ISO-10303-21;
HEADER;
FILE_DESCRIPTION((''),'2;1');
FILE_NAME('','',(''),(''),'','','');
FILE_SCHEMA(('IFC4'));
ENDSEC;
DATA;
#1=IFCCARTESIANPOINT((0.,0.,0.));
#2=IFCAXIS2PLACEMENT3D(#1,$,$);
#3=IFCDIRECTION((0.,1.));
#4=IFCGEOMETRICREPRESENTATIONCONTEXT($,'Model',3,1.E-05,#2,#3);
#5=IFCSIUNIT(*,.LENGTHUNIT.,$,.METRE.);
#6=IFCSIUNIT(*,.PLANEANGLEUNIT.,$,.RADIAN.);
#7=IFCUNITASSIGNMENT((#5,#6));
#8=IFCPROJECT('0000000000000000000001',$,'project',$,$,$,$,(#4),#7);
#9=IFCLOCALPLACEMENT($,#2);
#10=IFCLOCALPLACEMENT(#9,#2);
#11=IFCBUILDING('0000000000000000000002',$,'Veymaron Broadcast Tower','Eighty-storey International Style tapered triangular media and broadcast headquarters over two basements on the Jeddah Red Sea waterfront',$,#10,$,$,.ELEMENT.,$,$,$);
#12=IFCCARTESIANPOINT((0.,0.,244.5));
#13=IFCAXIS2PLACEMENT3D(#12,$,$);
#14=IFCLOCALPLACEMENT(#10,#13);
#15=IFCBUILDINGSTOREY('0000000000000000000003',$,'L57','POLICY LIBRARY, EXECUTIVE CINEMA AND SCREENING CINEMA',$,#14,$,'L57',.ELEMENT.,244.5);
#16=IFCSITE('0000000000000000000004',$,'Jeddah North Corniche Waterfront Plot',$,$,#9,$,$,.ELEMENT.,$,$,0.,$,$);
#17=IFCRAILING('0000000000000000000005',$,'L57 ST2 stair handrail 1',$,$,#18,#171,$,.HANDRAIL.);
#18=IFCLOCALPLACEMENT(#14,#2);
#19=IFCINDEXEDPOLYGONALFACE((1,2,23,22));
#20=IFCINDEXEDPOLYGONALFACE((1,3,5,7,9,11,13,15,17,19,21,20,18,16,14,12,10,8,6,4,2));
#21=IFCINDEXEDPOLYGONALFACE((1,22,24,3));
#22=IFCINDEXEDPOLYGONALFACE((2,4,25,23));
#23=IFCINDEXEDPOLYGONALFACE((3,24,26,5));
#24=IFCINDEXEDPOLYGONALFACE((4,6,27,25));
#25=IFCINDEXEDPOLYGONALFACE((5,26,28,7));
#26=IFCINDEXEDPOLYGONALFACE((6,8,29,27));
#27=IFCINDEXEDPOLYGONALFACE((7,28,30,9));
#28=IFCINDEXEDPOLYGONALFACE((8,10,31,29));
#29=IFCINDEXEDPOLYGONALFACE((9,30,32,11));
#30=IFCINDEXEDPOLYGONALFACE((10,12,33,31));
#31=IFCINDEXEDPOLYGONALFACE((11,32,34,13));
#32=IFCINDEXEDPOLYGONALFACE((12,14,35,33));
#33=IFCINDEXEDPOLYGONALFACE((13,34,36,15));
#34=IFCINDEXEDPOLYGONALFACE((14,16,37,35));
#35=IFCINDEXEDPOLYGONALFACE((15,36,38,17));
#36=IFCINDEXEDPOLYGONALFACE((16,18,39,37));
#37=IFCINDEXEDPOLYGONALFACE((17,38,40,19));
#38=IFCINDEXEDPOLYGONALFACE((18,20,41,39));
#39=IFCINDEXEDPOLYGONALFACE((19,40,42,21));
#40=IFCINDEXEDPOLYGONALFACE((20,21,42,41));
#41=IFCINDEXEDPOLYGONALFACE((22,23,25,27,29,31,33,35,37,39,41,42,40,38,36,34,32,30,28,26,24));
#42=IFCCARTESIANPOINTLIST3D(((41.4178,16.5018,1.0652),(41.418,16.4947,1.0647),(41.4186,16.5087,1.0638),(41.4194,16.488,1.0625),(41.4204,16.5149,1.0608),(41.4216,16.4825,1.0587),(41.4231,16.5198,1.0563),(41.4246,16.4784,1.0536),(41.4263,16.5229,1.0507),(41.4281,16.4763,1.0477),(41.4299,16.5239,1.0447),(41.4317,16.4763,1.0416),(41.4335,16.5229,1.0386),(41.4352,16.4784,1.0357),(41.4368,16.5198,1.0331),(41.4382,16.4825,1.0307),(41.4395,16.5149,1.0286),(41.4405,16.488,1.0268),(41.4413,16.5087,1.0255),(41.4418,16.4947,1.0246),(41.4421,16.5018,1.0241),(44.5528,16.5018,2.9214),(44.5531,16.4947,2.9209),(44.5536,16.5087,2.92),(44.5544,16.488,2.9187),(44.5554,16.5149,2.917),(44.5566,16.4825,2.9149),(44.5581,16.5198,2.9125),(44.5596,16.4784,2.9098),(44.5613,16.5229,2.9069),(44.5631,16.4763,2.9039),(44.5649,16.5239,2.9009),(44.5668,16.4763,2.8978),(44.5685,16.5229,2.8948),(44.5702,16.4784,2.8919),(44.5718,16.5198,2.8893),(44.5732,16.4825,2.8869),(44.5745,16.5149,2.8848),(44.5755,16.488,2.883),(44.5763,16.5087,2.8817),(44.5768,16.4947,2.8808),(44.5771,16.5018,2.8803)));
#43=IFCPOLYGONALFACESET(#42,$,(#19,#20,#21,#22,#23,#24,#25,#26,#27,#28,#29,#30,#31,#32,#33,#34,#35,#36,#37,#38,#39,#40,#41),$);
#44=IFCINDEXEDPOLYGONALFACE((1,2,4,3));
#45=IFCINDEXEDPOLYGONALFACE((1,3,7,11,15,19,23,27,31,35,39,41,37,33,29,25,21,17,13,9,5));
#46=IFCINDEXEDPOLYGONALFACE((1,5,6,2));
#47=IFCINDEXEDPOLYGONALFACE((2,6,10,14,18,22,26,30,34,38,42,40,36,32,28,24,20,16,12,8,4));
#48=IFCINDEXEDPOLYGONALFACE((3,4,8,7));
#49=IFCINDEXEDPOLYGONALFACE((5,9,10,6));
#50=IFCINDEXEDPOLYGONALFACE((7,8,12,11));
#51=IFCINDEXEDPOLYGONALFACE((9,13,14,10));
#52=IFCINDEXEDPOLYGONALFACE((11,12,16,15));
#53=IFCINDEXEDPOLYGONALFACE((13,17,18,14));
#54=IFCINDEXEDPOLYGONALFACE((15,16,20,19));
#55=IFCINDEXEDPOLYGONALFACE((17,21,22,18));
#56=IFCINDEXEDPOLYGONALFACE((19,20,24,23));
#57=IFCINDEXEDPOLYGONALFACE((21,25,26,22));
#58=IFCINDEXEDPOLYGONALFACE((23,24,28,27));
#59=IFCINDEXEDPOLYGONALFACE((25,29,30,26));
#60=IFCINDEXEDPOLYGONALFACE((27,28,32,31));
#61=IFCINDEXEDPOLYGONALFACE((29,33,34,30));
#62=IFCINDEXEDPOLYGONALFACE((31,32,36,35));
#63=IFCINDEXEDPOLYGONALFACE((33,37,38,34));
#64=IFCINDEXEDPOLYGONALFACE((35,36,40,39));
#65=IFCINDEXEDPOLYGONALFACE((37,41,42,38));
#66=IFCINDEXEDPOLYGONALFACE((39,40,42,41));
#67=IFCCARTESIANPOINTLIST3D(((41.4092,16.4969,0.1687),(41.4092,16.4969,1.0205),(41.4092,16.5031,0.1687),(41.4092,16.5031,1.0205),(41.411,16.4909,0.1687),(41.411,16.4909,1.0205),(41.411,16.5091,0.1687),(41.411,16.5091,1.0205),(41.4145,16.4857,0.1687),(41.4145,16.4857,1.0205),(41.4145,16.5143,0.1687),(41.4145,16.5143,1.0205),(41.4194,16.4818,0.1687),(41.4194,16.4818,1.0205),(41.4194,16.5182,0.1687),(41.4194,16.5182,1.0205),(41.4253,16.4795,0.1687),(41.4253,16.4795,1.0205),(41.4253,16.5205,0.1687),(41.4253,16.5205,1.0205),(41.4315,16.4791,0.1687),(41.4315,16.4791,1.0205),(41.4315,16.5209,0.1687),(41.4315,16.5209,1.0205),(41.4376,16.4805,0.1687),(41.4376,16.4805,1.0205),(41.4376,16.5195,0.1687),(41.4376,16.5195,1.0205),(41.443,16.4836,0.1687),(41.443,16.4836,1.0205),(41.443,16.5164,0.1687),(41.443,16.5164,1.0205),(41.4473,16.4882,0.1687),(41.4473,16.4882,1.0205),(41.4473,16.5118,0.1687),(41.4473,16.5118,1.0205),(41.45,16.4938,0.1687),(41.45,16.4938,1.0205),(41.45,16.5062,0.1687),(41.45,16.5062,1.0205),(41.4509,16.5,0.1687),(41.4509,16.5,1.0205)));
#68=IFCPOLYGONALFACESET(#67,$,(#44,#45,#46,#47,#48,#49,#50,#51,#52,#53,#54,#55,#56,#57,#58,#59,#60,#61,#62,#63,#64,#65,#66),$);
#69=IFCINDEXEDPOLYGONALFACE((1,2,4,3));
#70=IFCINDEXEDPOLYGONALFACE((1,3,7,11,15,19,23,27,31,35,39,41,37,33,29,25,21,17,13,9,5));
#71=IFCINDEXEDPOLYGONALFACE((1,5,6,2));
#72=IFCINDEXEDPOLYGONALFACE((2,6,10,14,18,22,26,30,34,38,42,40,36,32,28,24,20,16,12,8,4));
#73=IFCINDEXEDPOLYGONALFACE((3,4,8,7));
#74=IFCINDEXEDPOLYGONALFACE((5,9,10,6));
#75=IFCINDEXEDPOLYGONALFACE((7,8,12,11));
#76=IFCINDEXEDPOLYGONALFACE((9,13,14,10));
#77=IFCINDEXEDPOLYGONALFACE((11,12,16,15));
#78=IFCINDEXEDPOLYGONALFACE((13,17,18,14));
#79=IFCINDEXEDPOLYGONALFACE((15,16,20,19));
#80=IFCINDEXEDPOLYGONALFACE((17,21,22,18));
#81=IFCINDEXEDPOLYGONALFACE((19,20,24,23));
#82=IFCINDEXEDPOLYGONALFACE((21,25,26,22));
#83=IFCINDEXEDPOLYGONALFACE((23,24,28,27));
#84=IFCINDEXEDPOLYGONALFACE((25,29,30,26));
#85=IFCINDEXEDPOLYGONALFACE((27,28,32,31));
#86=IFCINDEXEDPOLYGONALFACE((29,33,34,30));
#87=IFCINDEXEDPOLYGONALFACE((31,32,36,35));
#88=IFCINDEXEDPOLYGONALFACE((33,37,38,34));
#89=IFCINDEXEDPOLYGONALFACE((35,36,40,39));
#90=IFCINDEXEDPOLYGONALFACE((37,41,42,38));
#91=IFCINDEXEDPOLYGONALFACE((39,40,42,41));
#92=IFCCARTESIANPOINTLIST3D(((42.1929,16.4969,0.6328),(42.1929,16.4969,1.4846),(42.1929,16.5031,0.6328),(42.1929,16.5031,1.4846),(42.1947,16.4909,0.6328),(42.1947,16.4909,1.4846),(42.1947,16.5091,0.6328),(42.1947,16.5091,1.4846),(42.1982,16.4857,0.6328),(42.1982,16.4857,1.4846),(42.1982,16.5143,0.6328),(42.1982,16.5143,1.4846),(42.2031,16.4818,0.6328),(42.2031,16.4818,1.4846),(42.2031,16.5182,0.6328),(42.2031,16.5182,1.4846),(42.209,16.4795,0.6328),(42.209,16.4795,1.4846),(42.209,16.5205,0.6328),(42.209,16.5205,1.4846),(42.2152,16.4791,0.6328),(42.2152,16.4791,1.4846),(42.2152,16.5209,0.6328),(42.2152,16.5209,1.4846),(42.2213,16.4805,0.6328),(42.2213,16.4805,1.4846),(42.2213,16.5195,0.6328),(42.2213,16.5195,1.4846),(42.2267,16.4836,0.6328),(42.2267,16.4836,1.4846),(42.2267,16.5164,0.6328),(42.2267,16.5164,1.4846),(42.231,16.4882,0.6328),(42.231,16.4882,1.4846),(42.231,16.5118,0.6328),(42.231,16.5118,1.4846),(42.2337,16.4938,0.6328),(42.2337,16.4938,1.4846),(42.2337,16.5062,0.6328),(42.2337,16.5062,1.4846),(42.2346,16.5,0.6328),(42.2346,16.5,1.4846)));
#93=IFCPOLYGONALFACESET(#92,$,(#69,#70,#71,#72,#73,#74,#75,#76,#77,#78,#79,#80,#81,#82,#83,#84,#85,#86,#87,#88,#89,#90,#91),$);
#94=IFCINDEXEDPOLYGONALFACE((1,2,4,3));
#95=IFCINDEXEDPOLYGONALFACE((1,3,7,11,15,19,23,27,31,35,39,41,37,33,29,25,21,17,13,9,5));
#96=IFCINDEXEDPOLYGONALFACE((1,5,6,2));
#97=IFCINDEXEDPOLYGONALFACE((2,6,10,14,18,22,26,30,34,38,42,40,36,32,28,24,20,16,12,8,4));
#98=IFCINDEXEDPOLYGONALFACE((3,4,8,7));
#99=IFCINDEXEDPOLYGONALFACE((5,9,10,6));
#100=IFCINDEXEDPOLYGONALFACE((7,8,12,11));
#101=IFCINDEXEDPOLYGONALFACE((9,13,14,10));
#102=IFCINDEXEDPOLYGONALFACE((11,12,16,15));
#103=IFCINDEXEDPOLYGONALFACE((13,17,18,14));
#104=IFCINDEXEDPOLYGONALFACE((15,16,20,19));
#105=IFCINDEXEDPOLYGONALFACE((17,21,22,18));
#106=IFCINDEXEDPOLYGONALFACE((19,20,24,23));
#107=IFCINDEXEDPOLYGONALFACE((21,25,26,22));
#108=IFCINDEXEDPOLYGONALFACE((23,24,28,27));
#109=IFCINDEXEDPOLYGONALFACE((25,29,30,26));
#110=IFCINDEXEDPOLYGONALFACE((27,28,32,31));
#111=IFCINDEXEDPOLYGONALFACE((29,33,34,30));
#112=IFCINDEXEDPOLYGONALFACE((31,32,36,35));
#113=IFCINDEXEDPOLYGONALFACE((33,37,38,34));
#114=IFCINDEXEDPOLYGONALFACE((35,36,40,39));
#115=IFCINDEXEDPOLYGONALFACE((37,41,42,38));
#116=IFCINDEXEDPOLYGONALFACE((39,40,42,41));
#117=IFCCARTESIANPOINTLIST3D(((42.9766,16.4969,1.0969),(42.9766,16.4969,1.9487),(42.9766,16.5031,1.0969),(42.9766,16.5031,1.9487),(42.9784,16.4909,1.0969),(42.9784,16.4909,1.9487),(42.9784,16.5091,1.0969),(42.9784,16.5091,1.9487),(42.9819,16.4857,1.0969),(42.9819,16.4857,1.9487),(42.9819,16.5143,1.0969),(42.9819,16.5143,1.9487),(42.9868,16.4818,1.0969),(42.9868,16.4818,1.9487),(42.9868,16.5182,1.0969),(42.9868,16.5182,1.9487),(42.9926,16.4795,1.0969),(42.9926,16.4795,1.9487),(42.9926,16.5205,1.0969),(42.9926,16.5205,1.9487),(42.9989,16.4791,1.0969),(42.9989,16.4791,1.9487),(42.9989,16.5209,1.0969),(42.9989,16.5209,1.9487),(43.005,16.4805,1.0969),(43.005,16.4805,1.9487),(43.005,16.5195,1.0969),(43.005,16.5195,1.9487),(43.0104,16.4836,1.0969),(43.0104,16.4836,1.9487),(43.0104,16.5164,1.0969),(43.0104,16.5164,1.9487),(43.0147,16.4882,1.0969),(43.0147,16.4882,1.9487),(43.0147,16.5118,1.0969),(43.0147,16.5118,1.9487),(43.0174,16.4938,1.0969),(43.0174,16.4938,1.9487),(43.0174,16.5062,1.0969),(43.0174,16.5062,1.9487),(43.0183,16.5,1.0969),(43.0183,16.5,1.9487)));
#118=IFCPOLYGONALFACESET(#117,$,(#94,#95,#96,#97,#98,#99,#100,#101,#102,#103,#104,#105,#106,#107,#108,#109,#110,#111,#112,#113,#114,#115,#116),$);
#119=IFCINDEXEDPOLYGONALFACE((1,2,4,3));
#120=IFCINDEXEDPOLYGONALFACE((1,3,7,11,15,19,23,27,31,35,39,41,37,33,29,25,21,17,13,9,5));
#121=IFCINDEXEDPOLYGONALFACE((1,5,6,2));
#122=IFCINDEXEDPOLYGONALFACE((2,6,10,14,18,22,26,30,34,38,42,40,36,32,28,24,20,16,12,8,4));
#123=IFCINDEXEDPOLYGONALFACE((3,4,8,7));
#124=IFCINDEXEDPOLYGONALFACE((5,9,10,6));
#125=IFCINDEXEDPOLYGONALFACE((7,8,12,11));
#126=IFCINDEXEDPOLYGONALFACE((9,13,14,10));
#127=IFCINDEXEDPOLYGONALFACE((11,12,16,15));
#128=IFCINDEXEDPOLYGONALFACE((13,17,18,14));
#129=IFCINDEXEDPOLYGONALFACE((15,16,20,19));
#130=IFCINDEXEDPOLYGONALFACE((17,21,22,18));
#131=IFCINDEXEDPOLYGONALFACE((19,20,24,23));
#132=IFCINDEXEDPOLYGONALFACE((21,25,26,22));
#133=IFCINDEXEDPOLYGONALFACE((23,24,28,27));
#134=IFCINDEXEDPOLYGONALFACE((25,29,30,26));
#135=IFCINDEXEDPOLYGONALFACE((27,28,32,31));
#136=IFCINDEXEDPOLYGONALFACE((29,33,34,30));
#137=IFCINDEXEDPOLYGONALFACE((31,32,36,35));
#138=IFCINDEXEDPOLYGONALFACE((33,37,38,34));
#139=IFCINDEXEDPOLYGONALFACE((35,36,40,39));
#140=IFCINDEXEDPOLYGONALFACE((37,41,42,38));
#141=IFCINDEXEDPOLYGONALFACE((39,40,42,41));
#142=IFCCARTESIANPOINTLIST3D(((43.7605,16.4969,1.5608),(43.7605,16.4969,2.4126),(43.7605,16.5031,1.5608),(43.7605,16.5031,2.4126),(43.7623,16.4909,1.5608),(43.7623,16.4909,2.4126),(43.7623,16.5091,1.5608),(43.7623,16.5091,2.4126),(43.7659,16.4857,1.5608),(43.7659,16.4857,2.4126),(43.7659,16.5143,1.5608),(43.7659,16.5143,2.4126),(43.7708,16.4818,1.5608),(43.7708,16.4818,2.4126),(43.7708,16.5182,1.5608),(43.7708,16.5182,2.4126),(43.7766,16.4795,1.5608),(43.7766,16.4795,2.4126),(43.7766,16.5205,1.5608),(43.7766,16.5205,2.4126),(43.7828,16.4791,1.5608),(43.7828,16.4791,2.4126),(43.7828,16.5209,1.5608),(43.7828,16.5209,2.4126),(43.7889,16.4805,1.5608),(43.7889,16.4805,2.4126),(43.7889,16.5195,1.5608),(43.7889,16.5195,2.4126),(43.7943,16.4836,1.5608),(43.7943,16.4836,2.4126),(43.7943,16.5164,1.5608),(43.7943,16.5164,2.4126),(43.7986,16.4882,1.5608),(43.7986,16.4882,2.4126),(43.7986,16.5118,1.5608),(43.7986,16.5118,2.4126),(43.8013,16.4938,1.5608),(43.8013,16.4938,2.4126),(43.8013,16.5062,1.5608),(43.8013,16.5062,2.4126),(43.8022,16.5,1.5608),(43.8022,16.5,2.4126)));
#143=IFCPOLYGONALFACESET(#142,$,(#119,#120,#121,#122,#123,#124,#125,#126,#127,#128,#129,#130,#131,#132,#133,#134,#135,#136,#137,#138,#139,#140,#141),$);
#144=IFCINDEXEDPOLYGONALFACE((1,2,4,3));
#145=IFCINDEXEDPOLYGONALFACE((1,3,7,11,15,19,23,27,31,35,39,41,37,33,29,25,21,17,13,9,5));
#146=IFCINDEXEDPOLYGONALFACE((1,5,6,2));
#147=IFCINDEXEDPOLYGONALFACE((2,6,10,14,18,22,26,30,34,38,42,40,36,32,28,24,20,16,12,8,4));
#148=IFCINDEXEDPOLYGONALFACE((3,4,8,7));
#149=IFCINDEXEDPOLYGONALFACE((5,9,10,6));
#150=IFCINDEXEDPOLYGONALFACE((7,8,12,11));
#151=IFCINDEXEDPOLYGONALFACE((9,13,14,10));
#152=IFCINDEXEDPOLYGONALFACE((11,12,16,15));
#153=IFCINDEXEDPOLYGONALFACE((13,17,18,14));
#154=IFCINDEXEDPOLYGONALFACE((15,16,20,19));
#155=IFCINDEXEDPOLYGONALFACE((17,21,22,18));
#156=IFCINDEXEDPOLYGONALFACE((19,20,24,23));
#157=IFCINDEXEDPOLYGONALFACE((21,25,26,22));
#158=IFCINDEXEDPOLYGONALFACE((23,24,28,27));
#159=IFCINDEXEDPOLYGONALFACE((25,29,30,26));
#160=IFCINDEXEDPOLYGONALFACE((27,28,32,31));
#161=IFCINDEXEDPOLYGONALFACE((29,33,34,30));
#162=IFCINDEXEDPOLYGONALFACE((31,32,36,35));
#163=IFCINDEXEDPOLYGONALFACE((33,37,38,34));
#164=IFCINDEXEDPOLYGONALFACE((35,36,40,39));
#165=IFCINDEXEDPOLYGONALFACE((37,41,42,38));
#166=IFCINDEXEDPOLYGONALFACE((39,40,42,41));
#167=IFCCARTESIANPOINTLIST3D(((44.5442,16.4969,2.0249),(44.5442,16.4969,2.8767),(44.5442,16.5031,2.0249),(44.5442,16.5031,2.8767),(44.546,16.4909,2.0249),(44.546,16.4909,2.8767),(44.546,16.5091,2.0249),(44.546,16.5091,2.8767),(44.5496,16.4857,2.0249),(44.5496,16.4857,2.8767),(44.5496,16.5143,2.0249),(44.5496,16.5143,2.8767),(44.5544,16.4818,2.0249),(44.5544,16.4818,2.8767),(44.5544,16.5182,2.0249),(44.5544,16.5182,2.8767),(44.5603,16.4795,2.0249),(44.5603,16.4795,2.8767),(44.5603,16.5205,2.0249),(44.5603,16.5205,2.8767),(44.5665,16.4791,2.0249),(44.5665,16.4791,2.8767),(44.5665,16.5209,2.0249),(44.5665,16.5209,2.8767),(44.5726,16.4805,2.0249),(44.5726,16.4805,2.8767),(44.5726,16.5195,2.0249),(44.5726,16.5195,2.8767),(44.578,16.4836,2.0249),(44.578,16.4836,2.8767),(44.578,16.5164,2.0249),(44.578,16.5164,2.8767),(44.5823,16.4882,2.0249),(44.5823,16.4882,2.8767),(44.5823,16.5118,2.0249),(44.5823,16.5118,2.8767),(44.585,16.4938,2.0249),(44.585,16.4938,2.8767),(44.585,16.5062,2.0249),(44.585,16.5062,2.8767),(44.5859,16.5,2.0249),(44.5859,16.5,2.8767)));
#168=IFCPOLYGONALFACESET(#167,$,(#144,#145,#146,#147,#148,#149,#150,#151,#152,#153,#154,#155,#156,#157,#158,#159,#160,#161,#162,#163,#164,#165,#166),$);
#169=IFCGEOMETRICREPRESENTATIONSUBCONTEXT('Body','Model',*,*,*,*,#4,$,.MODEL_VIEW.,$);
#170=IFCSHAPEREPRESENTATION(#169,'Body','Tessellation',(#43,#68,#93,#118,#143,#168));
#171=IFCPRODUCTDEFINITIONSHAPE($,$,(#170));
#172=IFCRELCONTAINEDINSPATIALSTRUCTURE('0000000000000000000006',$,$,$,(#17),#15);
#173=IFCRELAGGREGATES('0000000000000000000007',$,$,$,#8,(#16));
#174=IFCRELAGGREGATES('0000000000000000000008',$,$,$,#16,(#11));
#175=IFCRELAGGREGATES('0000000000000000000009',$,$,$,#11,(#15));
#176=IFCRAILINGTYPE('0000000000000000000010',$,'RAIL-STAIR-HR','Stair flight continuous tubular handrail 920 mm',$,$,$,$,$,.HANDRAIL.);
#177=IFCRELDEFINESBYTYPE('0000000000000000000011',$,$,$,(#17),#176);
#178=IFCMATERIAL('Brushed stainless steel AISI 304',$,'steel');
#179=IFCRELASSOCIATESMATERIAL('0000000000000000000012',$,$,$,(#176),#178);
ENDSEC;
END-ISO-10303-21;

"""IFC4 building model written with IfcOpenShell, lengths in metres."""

from ifc_helpers import new_model, si_unit, direction, frame, origin, origin_2d, place, context, subcontext, project, spatial, circle, extrude, material, type_object, element, save


model = new_model("IFC4")

# Units and contexts
model_context = context("Model", 3, precision=1e-05, world=origin(), true_north=direction((0.0, 1.0)))
body_context = subcontext(model_context, "Body", "Model", "MODEL_VIEW")
ifc_project = project(units=[si_unit("LENGTHUNIT", "METRE"), si_unit("PLANEANGLEUNIT", "RADIAN")], contexts=[model_context])

# Site, building, storey
site_placement = place(None, origin())
site = spatial("IfcSite", under=ifc_project, at=site_placement, Name="Jeddah North Corniche Waterfront Plot", CompositionType="ELEMENT", RefElevation=0.0)
building_placement = place(site_placement, origin())
building = spatial("IfcBuilding", under=site, at=building_placement, Name="Veymaron Broadcast Tower", Description="Eighty-storey International Style tapered triangular media and broadcast headquarters over two basements on the Jeddah Red Sea waterfront", CompositionType="ELEMENT")
storey_placement = place(building_placement, frame((0.0, 0.0, 244.5)))
storey = spatial("IfcBuildingStorey", under=building, at=storey_placement, Name="L57", Description="POLICY LIBRARY, EXECUTIVE CINEMA AND SCREENING CINEMA", LongName="L57", CompositionType="ELEMENT", Elevation=244.5)

# Shared definitions
ifc_material_1 = material(Name="Brushed stainless steel AISI 304", Category="steel")

# Railing
railing_type_1 = type_object("IfcRailingType", Name="RAIL-STAIR-HR", Description="Stair flight continuous tubular handrail 920 mm", PredefinedType="HANDRAIL", material=ifc_material_1)
railing_1_placement = place(storey_placement, frame((41.4299, 16.5, 0.1687)))
element("IfcRailing", 1, at=railing_1_placement, inside=storey, type_object=railing_type_1, Name="L57 ST2 stair handrail 1", PredefinedType="HANDRAIL", context=body_context, shape_type="SweptSolid", body=[
    extrude(circle(Radius=0.0239, at=origin_2d()), frame((0.0, 0.0, 0.876), z_axis=(0.860482, 0.0, 0.509481), x_axis=(0.0, 1.0, 0.0)), (0.0, 0.0, 1.0), 3.6433),
    extrude(circle(Radius=0.021, at=origin_2d()), origin(), (0.0, 0.0, 1.0), 0.8518),
    extrude(circle(Radius=0.021, at=origin_2d()), frame((0.7837, 0.0, 0.4641)), (0.0, 0.0, 1.0), 0.8518),
    extrude(circle(Radius=0.021, at=origin_2d()), frame((1.5674, 0.0, 0.9282)), (0.0, 0.0, 1.0), 0.8518),
    extrude(circle(Radius=0.021, at=origin_2d()), frame((2.3513, 0.0, 1.3921)), (0.0, 0.0, 1.0), 0.8518),
    extrude(circle(Radius=0.021, at=origin_2d()), frame((3.135, 0.0, 1.8562)), (0.0, 0.0, 1.0), 0.8518),
])

save(model, "model.ifc")
